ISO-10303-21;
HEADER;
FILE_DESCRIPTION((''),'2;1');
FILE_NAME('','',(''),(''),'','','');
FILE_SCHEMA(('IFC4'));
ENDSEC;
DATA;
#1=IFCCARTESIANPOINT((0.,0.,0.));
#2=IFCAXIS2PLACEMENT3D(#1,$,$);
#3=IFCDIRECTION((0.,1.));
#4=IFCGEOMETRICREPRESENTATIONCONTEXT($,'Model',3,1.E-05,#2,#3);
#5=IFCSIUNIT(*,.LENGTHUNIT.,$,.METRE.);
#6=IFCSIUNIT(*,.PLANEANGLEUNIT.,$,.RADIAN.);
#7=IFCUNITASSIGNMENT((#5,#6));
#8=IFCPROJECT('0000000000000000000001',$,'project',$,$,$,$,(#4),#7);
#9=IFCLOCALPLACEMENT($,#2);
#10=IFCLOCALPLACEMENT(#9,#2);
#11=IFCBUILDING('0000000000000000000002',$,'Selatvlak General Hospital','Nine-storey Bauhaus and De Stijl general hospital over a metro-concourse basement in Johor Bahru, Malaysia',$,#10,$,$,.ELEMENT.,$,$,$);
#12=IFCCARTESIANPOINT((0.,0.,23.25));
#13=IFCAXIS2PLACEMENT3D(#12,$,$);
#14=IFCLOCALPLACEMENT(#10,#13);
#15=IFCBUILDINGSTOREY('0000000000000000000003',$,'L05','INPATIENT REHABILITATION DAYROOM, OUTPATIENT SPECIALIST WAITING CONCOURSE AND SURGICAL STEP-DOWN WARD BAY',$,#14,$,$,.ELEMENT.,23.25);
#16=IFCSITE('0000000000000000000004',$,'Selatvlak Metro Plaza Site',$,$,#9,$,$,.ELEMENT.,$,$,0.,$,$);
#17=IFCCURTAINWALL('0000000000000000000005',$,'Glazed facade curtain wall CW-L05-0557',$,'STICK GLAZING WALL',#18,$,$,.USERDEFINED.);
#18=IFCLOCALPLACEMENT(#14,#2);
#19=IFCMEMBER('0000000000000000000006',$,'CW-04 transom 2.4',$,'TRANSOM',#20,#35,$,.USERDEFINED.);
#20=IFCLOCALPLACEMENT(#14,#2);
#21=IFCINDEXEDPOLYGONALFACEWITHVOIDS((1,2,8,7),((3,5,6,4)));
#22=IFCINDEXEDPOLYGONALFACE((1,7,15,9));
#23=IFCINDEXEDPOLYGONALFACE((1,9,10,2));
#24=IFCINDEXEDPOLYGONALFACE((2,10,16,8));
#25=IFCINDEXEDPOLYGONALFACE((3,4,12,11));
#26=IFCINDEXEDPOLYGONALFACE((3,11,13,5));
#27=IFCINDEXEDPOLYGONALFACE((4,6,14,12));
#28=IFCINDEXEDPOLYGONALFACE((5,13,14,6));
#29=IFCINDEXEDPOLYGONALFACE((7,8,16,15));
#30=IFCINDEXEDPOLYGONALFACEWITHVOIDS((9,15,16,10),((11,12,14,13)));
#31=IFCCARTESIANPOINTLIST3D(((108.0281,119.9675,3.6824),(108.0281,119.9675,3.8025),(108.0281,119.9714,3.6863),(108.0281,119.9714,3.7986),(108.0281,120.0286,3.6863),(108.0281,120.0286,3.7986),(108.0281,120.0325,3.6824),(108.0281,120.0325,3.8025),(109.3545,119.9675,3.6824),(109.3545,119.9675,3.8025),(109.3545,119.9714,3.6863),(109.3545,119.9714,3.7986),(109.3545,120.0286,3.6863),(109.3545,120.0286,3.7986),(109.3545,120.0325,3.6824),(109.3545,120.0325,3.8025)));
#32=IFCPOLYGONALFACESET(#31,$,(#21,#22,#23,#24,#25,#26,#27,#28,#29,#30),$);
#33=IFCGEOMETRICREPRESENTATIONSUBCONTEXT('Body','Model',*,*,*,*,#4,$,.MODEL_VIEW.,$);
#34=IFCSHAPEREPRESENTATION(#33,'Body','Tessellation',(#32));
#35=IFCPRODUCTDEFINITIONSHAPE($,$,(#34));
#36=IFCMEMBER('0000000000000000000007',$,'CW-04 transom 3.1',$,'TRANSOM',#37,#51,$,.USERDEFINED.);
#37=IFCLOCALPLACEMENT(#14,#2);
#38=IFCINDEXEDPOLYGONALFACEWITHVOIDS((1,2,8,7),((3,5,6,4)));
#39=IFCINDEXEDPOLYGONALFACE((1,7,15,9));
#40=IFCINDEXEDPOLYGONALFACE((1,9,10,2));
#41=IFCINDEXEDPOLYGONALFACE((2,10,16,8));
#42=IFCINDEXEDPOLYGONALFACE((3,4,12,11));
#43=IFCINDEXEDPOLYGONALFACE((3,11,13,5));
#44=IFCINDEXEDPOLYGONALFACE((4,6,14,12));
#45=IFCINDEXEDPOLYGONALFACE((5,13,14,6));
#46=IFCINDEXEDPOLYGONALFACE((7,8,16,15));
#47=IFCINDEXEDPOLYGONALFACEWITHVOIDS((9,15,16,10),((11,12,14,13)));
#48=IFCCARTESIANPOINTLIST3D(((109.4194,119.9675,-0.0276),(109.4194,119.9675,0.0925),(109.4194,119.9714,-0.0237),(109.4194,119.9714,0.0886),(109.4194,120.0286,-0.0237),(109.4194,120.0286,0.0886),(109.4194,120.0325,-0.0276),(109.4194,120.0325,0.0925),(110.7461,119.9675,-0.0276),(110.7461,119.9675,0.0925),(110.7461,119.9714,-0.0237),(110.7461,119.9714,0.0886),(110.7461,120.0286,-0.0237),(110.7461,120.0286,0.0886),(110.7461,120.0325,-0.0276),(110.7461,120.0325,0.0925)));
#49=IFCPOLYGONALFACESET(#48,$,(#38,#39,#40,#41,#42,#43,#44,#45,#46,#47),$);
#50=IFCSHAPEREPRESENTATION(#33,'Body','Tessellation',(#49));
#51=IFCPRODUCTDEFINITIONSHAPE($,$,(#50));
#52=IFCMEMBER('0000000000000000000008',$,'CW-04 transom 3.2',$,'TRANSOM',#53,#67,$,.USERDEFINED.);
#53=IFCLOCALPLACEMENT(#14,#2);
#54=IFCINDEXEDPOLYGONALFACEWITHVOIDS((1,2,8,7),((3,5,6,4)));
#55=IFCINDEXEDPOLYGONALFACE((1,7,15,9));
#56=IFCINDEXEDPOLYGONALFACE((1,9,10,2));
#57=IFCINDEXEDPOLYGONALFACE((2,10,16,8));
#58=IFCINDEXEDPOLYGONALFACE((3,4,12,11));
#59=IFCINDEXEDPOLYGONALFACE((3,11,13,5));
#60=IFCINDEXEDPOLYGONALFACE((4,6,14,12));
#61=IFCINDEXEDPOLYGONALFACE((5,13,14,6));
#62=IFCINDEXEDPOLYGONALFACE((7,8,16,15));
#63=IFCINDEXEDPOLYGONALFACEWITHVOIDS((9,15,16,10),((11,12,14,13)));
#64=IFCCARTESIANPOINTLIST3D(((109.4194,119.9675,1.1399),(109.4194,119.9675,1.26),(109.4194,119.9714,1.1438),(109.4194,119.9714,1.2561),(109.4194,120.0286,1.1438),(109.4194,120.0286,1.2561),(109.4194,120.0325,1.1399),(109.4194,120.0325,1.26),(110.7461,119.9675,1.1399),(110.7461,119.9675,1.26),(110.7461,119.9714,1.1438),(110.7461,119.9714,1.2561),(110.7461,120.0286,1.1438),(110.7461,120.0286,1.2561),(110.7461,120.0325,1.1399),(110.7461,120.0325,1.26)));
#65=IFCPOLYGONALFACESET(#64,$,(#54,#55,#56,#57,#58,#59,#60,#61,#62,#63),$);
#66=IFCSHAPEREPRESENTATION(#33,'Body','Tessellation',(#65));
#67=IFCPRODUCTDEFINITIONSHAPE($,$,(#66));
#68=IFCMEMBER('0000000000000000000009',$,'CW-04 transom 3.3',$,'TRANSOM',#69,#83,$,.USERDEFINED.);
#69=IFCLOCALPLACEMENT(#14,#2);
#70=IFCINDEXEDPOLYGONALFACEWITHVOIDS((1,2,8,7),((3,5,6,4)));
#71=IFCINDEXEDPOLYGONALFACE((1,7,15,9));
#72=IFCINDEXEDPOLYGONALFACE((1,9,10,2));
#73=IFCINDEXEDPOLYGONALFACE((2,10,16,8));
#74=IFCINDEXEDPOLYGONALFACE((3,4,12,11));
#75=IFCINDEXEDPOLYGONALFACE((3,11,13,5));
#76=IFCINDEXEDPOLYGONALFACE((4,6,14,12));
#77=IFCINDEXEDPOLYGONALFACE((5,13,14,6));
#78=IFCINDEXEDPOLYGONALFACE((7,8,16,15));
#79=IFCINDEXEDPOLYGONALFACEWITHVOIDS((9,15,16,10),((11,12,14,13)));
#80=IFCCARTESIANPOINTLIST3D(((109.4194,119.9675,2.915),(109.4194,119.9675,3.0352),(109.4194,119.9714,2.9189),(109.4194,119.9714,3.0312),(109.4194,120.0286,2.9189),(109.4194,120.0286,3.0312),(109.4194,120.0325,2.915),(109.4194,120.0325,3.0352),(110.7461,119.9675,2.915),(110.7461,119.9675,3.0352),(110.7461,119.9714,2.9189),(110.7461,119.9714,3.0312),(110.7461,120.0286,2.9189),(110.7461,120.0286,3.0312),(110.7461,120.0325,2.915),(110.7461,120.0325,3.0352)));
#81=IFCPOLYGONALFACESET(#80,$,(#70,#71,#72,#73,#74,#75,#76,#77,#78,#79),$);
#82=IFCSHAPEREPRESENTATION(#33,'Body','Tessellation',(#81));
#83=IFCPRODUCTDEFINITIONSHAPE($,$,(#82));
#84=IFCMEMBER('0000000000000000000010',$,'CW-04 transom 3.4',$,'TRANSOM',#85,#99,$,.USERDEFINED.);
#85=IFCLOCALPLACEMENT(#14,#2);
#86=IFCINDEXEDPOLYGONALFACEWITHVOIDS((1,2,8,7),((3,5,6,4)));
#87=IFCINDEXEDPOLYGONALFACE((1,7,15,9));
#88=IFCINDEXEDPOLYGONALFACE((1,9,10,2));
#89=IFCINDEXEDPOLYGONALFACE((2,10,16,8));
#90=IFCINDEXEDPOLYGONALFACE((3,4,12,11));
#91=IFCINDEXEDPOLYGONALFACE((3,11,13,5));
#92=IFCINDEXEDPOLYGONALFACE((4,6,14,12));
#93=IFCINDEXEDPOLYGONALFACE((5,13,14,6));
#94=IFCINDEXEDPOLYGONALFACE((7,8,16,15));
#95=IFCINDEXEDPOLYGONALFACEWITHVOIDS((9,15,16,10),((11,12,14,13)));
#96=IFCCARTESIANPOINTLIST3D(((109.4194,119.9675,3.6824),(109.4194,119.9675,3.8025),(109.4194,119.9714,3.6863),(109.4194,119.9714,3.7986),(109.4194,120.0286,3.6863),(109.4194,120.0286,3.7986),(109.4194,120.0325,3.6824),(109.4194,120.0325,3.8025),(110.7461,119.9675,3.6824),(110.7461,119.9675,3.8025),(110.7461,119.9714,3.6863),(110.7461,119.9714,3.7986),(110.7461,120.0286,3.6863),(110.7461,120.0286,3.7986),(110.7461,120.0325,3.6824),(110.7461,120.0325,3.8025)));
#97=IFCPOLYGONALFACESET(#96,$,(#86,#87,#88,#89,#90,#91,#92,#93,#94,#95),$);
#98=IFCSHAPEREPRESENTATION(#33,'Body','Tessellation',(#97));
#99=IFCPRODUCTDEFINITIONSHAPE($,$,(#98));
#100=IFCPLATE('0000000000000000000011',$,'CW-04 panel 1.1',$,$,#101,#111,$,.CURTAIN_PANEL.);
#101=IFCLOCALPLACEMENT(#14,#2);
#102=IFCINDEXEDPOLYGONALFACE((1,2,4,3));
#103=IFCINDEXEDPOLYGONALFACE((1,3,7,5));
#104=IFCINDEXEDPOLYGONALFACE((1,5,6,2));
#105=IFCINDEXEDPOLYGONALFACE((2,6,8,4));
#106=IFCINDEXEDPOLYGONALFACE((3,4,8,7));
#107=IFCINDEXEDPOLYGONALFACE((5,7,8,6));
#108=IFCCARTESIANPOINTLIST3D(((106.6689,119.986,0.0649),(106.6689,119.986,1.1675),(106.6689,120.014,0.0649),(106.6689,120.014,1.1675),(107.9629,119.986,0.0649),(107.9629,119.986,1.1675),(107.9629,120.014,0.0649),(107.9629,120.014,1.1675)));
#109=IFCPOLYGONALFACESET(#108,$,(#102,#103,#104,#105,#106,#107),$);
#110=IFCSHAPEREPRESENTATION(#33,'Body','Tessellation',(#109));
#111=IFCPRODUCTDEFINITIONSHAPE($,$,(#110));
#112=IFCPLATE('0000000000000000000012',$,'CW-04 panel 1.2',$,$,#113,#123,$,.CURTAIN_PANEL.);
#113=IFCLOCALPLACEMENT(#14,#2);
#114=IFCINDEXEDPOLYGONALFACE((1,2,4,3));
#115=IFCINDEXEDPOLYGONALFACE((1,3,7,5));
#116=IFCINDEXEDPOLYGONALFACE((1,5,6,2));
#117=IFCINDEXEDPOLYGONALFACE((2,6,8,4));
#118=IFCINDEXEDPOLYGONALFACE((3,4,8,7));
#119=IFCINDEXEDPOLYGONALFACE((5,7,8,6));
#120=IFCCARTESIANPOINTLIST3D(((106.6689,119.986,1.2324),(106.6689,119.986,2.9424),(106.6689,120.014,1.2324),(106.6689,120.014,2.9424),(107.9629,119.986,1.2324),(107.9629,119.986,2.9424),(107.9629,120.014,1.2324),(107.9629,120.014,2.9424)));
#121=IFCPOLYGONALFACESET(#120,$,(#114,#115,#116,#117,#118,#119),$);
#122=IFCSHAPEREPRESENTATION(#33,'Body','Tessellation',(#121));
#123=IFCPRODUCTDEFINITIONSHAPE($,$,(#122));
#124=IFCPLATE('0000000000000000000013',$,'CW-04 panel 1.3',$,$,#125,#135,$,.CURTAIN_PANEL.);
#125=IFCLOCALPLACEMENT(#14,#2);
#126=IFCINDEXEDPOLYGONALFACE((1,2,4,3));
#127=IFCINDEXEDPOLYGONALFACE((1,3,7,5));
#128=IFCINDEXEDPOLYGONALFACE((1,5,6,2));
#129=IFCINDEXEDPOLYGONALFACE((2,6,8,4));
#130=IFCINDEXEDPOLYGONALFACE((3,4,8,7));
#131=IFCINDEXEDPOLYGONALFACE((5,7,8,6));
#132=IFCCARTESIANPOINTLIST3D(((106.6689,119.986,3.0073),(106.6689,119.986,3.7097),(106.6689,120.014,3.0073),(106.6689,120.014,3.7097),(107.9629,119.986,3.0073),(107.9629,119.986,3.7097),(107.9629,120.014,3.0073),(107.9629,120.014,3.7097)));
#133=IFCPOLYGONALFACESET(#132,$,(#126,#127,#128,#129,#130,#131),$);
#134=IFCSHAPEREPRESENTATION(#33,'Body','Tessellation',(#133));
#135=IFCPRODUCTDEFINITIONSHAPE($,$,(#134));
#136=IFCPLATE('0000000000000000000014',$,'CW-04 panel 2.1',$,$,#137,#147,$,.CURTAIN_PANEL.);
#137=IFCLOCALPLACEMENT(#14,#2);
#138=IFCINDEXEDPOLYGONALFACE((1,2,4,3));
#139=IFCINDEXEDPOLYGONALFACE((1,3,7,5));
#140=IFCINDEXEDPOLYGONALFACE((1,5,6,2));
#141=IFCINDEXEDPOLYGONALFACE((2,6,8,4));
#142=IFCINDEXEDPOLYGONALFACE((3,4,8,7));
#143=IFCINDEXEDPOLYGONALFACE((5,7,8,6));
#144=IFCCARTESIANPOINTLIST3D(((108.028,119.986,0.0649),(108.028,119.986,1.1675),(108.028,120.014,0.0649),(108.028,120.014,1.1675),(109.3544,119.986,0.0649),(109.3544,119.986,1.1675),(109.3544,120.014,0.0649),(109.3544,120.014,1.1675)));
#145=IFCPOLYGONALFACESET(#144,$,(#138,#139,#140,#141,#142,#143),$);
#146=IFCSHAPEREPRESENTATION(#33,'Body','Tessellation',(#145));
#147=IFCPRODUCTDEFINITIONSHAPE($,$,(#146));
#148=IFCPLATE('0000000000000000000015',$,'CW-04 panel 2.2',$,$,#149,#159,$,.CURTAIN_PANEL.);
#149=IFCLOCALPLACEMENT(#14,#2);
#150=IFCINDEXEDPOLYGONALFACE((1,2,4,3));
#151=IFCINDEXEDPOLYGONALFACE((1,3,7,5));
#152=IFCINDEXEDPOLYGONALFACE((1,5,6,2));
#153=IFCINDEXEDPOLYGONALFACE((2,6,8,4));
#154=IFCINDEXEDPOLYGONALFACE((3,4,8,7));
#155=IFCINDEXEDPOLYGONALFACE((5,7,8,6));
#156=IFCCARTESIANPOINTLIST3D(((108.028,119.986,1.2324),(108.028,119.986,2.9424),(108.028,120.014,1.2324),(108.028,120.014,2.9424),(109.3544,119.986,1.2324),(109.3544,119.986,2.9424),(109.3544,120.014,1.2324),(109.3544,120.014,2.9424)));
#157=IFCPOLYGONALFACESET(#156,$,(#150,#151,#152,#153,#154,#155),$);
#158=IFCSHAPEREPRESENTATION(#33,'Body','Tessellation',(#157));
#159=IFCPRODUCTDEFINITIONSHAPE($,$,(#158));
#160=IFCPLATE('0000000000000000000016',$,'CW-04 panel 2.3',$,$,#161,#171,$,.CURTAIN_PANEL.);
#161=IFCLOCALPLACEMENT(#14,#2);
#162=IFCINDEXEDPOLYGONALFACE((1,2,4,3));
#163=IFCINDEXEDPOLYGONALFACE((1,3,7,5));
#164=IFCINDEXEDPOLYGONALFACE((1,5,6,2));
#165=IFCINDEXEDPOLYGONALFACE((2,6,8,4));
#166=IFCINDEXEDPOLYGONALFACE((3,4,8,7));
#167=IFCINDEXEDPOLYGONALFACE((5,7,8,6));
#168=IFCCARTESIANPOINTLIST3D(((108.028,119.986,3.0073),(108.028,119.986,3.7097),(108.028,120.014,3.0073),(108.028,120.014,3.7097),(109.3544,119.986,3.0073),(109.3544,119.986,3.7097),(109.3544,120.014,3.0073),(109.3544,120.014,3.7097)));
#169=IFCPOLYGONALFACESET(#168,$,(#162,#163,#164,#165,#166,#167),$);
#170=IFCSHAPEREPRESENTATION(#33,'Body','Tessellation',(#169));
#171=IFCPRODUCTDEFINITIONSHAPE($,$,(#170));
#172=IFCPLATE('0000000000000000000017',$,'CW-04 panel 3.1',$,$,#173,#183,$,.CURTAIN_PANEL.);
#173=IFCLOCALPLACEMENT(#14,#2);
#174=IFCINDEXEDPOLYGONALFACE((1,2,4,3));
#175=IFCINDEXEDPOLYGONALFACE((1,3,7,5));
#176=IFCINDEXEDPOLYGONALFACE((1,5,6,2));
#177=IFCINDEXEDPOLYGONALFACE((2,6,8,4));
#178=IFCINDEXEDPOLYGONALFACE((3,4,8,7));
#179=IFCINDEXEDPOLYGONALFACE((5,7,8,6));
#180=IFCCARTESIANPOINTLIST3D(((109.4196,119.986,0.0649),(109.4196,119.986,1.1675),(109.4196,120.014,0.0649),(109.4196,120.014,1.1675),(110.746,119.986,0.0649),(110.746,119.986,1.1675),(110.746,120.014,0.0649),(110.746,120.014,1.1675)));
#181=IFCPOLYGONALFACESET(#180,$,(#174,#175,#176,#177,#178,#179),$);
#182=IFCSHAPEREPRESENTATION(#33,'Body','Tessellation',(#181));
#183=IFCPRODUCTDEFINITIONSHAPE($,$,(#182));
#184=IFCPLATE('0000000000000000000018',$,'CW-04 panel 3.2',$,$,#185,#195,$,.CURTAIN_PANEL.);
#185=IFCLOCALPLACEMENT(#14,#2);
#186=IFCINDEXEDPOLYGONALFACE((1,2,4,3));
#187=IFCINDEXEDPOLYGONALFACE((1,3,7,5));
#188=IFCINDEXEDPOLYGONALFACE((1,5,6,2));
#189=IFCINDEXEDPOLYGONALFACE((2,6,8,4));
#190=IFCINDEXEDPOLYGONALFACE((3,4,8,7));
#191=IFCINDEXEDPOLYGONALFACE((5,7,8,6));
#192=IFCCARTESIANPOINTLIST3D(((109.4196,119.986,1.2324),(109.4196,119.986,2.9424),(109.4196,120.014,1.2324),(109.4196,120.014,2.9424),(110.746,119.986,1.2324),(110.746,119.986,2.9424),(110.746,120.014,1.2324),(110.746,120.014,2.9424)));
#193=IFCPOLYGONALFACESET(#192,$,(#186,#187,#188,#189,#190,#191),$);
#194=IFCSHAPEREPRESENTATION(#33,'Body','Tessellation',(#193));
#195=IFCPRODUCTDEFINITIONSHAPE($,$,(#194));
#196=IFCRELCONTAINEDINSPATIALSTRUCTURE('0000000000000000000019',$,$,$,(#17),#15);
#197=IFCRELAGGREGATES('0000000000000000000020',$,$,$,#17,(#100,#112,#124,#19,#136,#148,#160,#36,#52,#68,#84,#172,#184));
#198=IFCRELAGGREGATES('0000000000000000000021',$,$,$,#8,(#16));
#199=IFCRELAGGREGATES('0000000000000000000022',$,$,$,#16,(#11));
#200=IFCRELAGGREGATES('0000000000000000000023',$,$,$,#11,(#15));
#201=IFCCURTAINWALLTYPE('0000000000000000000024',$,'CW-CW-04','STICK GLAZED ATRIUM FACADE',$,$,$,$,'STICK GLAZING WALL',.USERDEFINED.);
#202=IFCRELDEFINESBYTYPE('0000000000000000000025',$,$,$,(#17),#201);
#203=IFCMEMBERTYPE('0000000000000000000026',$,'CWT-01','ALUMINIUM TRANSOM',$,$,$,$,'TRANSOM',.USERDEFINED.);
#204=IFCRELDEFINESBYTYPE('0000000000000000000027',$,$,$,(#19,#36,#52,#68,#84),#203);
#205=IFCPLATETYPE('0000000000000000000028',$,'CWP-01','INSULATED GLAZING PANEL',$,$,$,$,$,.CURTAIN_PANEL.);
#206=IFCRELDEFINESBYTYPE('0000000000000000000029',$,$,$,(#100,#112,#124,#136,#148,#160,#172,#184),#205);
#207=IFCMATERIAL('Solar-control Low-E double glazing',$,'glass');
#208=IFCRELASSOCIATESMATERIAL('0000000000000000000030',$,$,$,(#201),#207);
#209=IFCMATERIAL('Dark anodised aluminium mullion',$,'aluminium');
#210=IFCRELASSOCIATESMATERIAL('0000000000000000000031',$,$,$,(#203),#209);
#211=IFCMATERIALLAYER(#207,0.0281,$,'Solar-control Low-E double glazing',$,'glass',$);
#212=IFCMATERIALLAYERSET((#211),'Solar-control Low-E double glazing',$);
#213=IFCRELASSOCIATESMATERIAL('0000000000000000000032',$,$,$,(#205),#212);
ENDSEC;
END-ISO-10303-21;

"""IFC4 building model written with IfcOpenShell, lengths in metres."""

from ifc_helpers import new_model, si_unit, direction, frame, origin, origin_2d, place, context, subcontext, project, spatial, rectangle, hollow_rectangle, extrude, material, layer, layer_set, material_profile, profile_set, type_object, element, aggregate, save


model = new_model("IFC4")

# Units and contexts
model_context = context("Model", 3, precision=1e-05, world=origin(), true_north=direction((0.0, 1.0)))
body_context = subcontext(model_context, "Body", "Model", "MODEL_VIEW")
ifc_project = project(units=[si_unit("LENGTHUNIT", "METRE"), si_unit("PLANEANGLEUNIT", "RADIAN")], contexts=[model_context])

# Site, building, storey
site_placement = place(None, origin())
site = spatial("IfcSite", under=ifc_project, at=site_placement, Name="Selatvlak Metro Plaza Site", CompositionType="ELEMENT", RefElevation=0.0)
building_placement = place(site_placement, origin())
building = spatial("IfcBuilding", under=site, at=building_placement, Name="Selatvlak General Hospital", Description="Nine-storey Bauhaus and De Stijl general hospital over a metro-concourse basement in Johor Bahru, Malaysia", CompositionType="ELEMENT")
storey_placement = place(building_placement, frame((0.0, 0.0, 23.25)))
storey = spatial("IfcBuildingStorey", under=building, at=storey_placement, Name="L05", Description="INPATIENT REHABILITATION DAYROOM, OUTPATIENT SPECIALIST WAITING CONCOURSE AND SURGICAL STEP-DOWN WARD BAY", CompositionType="ELEMENT", Elevation=23.25)

# Shared definitions
ifc_material_1 = material(Name="Solar-control Low-E double glazing", Category="glass")
ifc_material_2 = material(Name="Dark anodised aluminium mullion", Category="aluminium")

# Curtain wall, members, plates
curtain_wall_type_1 = type_object("IfcCurtainWallType", Name="CW-CW-04", Description="STICK GLAZED ATRIUM FACADE", ElementType="STICK GLAZING WALL", PredefinedType="USERDEFINED", material=ifc_material_1)
curtain_wall_1_placement = place(storey_placement, origin())
curtain_wall_1 = element("IfcCurtainWall", 1, at=curtain_wall_1_placement, inside=storey, type_object=curtain_wall_type_1, Name="Glazed facade curtain wall CW-L05-0557", ObjectType="STICK GLAZING WALL", PredefinedType="USERDEFINED")
ifc_material_profile_1 = material_profile(ifc_material_2, hollow_rectangle(XDim=0.0649, YDim=0.1201, WallThickness=0.0039, at=origin_2d()), Name="AL-TRN 65x120x4")
ifc_profile_set_1 = profile_set([ifc_material_profile_1], Name="Dark anodised aluminium mullion")
member_type_1 = type_object("IfcMemberType", Name="CWT-01", Description="ALUMINIUM TRANSOM", ElementType="TRANSOM", PredefinedType="USERDEFINED", material=ifc_profile_set_1)
member_1_placement = place(storey_placement, frame((108.0281, 120.0, 3.7424), z_axis=(1.0, 0.0, 0.0), x_axis=(0.0, 1.0, 0.0)))
member_1 = element("IfcMember", 2, at=member_1_placement, type_object=member_type_1, Name="CW-04 transom 2.4", ObjectType="TRANSOM", PredefinedType="USERDEFINED", context=body_context, shape_type="SweptSolid", body=[
    extrude(hollow_rectangle(XDim=0.0649, YDim=0.1201, WallThickness=0.0039, at=origin_2d()), origin(), (0.0, 0.0, 1.0), 1.3264),
])
member_2_placement = place(storey_placement, frame((109.4194, 120.0, 0.0325), z_axis=(1.0, 0.0, 0.0), x_axis=(0.0, 1.0, 0.0)))
member_2 = element("IfcMember", 3, at=member_2_placement, type_object=member_type_1, Name="CW-04 transom 3.1", ObjectType="TRANSOM", PredefinedType="USERDEFINED", context=body_context, shape_type="SweptSolid", body=[
    extrude(hollow_rectangle(XDim=0.0649, YDim=0.1201, WallThickness=0.0039, at=origin_2d()), origin(), (0.0, 0.0, 1.0), 1.3267),
])
member_3_placement = place(storey_placement, frame((109.4194, 120.0, 1.2), z_axis=(1.0, 0.0, 0.0), x_axis=(0.0, 1.0, 0.0)))
member_3 = element("IfcMember", 4, at=member_3_placement, type_object=member_type_1, Name="CW-04 transom 3.2", ObjectType="TRANSOM", PredefinedType="USERDEFINED", context=body_context, shape_type="SweptSolid", body=[
    extrude(hollow_rectangle(XDim=0.0649, YDim=0.1201, WallThickness=0.0039, at=origin_2d()), origin(), (0.0, 0.0, 1.0), 1.3267),
])
member_4_placement = place(storey_placement, frame((109.4194, 120.0, 2.9751), z_axis=(1.0, 0.0, 0.0), x_axis=(0.0, 1.0, 0.0)))
member_4 = element("IfcMember", 5, at=member_4_placement, type_object=member_type_1, Name="CW-04 transom 3.3", ObjectType="TRANSOM", PredefinedType="USERDEFINED", context=body_context, shape_type="SweptSolid", body=[
    extrude(hollow_rectangle(XDim=0.0649, YDim=0.1201, WallThickness=0.0039, at=origin_2d()), origin(), (0.0, 0.0, 1.0), 1.3267),
])
member_5_placement = place(storey_placement, frame((109.4194, 120.0, 3.7424), z_axis=(1.0, 0.0, 0.0), x_axis=(0.0, 1.0, 0.0)))
member_5 = element("IfcMember", 6, at=member_5_placement, type_object=member_type_1, Name="CW-04 transom 3.4", ObjectType="TRANSOM", PredefinedType="USERDEFINED", context=body_context, shape_type="SweptSolid", body=[
    extrude(hollow_rectangle(XDim=0.0649, YDim=0.1201, WallThickness=0.0039, at=origin_2d()), origin(), (0.0, 0.0, 1.0), 1.3267),
])
ifc_layer_1 = layer(ifc_material_1, 0.0281, Name="Solar-control Low-E double glazing", Category="glass")
ifc_layer_set_1 = layer_set([ifc_layer_1], Name="Solar-control Low-E double glazing")
plate_type = type_object("IfcPlateType", Name="CWP-01", Description="INSULATED GLAZING PANEL", PredefinedType="CURTAIN_PANEL", material=ifc_layer_set_1)
plate_1_placement = place(storey_placement, frame((107.3159, 120.0, 0.0649), z_axis=(0.0, 0.0, 1.0), x_axis=(1.0, 0.0, 0.0)))
plate_1 = element("IfcPlate", 7, at=plate_1_placement, type_object=plate_type, Name="CW-04 panel 1.1", PredefinedType="CURTAIN_PANEL", context=body_context, shape_type="SweptSolid", body=[
    extrude(rectangle(XDim=1.2939, YDim=0.0281, at=origin_2d()), origin(), (0.0, 0.0, 1.0), 1.1025),
])
plate_2_placement = place(storey_placement, frame((107.3159, 120.0, 1.2324), z_axis=(0.0, 0.0, 1.0), x_axis=(1.0, 0.0, 0.0)))
plate_2 = element("IfcPlate", 8, at=plate_2_placement, type_object=plate_type, Name="CW-04 panel 1.2", PredefinedType="CURTAIN_PANEL", context=body_context, shape_type="SweptSolid", body=[
    extrude(rectangle(XDim=1.2939, YDim=0.0281, at=origin_2d()), origin(), (0.0, 0.0, 1.0), 1.71),
])
plate_3_placement = place(storey_placement, frame((107.3159, 120.0, 3.0073), z_axis=(0.0, 0.0, 1.0), x_axis=(1.0, 0.0, 0.0)))
plate_3 = element("IfcPlate", 9, at=plate_3_placement, type_object=plate_type, Name="CW-04 panel 1.3", PredefinedType="CURTAIN_PANEL", context=body_context, shape_type="SweptSolid", body=[
    extrude(rectangle(XDim=1.2939, YDim=0.0281, at=origin_2d()), origin(), (0.0, 0.0, 1.0), 0.7024),
])
plate_4_placement = place(storey_placement, frame((108.6912, 120.0, 0.0649), z_axis=(0.0, 0.0, 1.0), x_axis=(1.0, 0.0, 0.0)))
plate_4 = element("IfcPlate", 10, at=plate_4_placement, type_object=plate_type, Name="CW-04 panel 2.1", PredefinedType="CURTAIN_PANEL", context=body_context, shape_type="SweptSolid", body=[
    extrude(rectangle(XDim=1.3264, YDim=0.0281, at=origin_2d()), origin(), (0.0, 0.0, 1.0), 1.1025),
])
plate_5_placement = place(storey_placement, frame((108.6912, 120.0, 1.2324), z_axis=(0.0, 0.0, 1.0), x_axis=(1.0, 0.0, 0.0)))
plate_5 = element("IfcPlate", 11, at=plate_5_placement, type_object=plate_type, Name="CW-04 panel 2.2", PredefinedType="CURTAIN_PANEL", context=body_context, shape_type="SweptSolid", body=[
    extrude(rectangle(XDim=1.3264, YDim=0.0281, at=origin_2d()), origin(), (0.0, 0.0, 1.0), 1.71),
])
plate_6_placement = place(storey_placement, frame((108.6912, 120.0, 3.0073), z_axis=(0.0, 0.0, 1.0), x_axis=(1.0, 0.0, 0.0)))
plate_6 = element("IfcPlate", 12, at=plate_6_placement, type_object=plate_type, Name="CW-04 panel 2.3", PredefinedType="CURTAIN_PANEL", context=body_context, shape_type="SweptSolid", body=[
    extrude(rectangle(XDim=1.3264, YDim=0.0281, at=origin_2d()), origin(), (0.0, 0.0, 1.0), 0.7024),
])
plate_7_placement = place(storey_placement, frame((110.0828, 120.0, 0.0649), z_axis=(0.0, 0.0, 1.0), x_axis=(1.0, 0.0, 0.0)))
plate_7 = element("IfcPlate", 13, at=plate_7_placement, type_object=plate_type, Name="CW-04 panel 3.1", PredefinedType="CURTAIN_PANEL", context=body_context, shape_type="SweptSolid", body=[
    extrude(rectangle(XDim=1.3264, YDim=0.0281, at=origin_2d()), origin(), (0.0, 0.0, 1.0), 1.1025),
])
plate_8_placement = place(storey_placement, frame((110.0828, 120.0, 1.2324), z_axis=(0.0, 0.0, 1.0), x_axis=(1.0, 0.0, 0.0)))
plate_8 = element("IfcPlate", 14, at=plate_8_placement, type_object=plate_type, Name="CW-04 panel 3.2", PredefinedType="CURTAIN_PANEL", context=body_context, shape_type="SweptSolid", body=[
    extrude(rectangle(XDim=1.3264, YDim=0.0281, at=origin_2d()), origin(), (0.0, 0.0, 1.0), 1.71),
])
aggregate(curtain_wall_1, [plate_1, plate_2, plate_3, member_1, plate_4, plate_5, plate_6, member_2, member_3, member_4, member_5, plate_7, plate_8])

save(model, "model.ifc")
